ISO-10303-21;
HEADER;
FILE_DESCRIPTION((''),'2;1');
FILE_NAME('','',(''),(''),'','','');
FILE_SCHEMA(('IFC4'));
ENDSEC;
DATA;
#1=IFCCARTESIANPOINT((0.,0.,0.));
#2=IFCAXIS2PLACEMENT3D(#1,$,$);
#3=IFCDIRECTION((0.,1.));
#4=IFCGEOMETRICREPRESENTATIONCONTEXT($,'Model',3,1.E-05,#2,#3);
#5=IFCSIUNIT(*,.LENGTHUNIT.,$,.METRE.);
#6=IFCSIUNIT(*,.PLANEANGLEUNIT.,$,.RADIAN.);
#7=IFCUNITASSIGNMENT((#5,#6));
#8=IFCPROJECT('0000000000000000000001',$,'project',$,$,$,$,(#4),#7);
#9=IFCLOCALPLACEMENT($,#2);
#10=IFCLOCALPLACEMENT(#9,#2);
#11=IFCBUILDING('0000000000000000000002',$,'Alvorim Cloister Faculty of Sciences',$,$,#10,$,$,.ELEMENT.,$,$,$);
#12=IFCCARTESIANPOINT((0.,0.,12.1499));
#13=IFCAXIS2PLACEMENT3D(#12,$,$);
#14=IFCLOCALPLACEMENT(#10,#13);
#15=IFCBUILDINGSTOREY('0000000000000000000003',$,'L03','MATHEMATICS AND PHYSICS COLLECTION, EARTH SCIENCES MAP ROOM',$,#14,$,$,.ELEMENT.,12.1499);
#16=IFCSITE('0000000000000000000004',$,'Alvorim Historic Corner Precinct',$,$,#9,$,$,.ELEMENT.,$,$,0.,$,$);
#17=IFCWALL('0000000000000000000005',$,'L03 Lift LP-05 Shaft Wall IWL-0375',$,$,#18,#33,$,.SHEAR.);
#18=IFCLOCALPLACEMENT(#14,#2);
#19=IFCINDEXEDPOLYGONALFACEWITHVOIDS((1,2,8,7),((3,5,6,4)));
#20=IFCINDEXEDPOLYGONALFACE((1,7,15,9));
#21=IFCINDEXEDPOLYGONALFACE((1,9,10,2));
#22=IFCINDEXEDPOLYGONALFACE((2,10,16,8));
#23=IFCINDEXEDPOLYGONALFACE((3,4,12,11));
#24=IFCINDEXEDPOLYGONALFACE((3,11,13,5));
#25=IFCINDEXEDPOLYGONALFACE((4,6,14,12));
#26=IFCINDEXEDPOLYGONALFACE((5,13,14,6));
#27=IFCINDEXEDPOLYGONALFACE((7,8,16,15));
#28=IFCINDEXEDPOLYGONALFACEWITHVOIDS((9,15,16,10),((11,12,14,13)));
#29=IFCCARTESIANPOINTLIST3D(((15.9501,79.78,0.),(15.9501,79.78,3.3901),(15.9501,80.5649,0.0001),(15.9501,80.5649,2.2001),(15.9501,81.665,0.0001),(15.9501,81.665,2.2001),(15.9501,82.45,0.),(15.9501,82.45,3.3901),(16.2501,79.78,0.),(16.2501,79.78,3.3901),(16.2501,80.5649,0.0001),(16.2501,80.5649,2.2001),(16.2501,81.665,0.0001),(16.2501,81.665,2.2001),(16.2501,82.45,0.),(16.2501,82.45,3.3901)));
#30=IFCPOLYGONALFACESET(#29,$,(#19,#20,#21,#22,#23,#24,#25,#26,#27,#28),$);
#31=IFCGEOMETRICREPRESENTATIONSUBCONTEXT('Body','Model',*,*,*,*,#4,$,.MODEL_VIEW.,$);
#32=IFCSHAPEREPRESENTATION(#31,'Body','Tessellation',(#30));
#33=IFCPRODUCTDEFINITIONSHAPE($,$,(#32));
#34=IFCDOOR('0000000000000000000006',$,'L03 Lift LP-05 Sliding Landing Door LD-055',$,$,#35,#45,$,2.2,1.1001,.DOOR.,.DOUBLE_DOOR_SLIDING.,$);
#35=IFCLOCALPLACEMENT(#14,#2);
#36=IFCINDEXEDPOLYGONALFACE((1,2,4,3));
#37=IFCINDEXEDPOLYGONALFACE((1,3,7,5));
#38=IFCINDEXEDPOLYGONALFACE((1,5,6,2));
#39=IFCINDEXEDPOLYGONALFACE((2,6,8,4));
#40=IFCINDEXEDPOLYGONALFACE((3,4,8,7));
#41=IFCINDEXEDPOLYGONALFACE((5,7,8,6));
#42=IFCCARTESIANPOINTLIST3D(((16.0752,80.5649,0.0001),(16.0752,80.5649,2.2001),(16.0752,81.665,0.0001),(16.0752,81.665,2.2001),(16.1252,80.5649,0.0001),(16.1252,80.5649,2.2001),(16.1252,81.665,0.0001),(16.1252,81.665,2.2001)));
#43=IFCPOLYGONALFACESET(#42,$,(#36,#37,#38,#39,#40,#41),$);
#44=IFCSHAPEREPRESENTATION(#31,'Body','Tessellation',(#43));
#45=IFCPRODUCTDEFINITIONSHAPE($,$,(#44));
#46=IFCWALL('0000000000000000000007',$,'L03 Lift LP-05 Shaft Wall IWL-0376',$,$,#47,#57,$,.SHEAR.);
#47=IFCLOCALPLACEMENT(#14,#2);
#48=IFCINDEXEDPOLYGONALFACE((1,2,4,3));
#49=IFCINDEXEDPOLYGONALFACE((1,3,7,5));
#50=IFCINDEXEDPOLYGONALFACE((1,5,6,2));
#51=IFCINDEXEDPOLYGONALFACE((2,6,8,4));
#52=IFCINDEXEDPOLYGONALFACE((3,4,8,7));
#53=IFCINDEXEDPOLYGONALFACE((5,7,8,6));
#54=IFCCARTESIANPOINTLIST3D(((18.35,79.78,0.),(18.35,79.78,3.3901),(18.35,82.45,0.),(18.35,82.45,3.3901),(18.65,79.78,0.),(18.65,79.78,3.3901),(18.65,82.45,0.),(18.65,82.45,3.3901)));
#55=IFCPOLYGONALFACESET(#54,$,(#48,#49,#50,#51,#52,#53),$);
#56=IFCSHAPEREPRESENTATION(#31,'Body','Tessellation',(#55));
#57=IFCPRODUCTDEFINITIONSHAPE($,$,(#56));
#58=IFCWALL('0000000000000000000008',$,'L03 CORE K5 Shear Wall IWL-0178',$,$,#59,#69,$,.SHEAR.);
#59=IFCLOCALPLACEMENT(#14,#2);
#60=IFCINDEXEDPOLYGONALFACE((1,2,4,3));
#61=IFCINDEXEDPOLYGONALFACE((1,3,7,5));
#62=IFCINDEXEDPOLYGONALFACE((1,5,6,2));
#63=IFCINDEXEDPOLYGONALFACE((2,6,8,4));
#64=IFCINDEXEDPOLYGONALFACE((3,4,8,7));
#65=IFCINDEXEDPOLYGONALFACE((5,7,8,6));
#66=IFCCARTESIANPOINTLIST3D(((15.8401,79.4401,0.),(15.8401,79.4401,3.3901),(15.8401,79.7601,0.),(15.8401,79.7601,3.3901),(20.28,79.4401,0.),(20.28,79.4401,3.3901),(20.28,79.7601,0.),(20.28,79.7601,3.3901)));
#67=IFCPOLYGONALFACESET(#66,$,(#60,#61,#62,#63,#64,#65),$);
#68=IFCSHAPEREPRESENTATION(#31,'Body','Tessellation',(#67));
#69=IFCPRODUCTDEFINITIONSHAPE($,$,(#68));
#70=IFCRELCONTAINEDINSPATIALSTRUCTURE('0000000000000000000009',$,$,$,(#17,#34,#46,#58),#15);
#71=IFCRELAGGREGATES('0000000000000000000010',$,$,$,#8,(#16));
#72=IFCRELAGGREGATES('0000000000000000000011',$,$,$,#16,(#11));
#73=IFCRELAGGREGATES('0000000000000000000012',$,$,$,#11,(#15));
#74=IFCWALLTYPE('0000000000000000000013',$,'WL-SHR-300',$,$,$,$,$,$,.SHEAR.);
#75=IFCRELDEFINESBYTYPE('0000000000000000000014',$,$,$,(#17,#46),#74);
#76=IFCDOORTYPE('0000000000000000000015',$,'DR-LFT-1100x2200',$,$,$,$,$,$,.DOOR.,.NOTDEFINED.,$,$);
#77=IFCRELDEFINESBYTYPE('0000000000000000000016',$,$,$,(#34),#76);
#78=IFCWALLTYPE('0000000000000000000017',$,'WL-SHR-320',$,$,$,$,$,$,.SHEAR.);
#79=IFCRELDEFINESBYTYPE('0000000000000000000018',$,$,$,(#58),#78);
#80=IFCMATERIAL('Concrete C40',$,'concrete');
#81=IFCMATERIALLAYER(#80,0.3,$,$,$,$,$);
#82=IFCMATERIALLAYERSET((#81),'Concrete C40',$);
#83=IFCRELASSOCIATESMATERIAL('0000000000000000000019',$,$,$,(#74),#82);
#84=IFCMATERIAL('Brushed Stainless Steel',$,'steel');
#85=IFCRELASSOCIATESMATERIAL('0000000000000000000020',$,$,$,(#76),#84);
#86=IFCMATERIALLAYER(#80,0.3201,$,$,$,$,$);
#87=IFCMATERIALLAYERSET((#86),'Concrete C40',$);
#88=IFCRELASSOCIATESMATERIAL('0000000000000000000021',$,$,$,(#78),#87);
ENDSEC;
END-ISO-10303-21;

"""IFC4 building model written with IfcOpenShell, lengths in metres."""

from ifc_helpers import new_model, si_unit, direction, frame, frame_2d, origin, place, context, subcontext, project, spatial, rectangle, extrude, material, layer, layer_set, type_object, element, fill, save


model = new_model("IFC4")

# Units and contexts
model_context = context("Model", 3, precision=1e-05, world=origin(), true_north=direction((0.0, 1.0)))
body_context = subcontext(model_context, "Body", "Model", "MODEL_VIEW")
ifc_project = project(units=[si_unit("LENGTHUNIT", "METRE"), si_unit("PLANEANGLEUNIT", "RADIAN")], contexts=[model_context])

# Site, building, storey
site_placement = place(None, origin())
site = spatial("IfcSite", under=ifc_project, at=site_placement, Name="Alvorim Historic Corner Precinct", CompositionType="ELEMENT", RefElevation=0.0)
building_placement = place(site_placement, origin())
building = spatial("IfcBuilding", under=site, at=building_placement, Name="Alvorim Cloister Faculty of Sciences", CompositionType="ELEMENT")
storey_placement = place(building_placement, frame((0.0, 0.0, 12.1499)))
storey = spatial("IfcBuildingStorey", under=building, at=storey_placement, Name="L03", Description="MATHEMATICS AND PHYSICS COLLECTION, EARTH SCIENCES MAP ROOM", CompositionType="ELEMENT", Elevation=12.1499)

# Shared definitions
ifc_material_1 = material(Name="Concrete C40", Category="concrete")
ifc_layer_1 = layer(ifc_material_1, 0.3)
ifc_layer_set_1 = layer_set([ifc_layer_1], Name="Concrete C40")
wall_type_1 = type_object("IfcWallType", Name="WL-SHR-300", PredefinedType="SHEAR", material=ifc_layer_set_1)

# Wall, opening, door
wall_1_placement = place(storey_placement, frame((16.1001, 79.78, 0.0), z_axis=(0.0, 0.0, 1.0), x_axis=(0.0, 1.0, 0.0)))
wall_1 = element("IfcWall", 1, at=wall_1_placement, inside=storey, type_object=wall_type_1, Name="L03 Lift LP-05 Shaft Wall IWL-0375", PredefinedType="SHEAR", context=body_context, shape_type="SweptSolid", body=[
    extrude(rectangle(XDim=2.6699, YDim=0.3, at=frame_2d((1.335, 0.0))), origin(), (0.0, 0.0, 1.0), 3.3901),
])
opening_1_placement = place(wall_1_placement, frame((0.7849, 0.0, 0.0)))
opening_1 = element("IfcOpeningElement", 2, at=opening_1_placement, cuts=wall_1, PredefinedType="OPENING", context=body_context, shape_type="SweptSolid", body=[
    extrude(rectangle(XDim=1.1001, YDim=2.2, at=frame_2d((0.55, 1.1001))), frame((0.0, 0.1621, 0.0), z_axis=(0.0, -1.0, 0.0), x_axis=(1.0, 0.0, 0.0)), (0.0, 0.0, 1.0), 0.324),
])
ifc_material_2 = material(Name="Brushed Stainless Steel", Category="steel")
door_type_1 = type_object("IfcDoorType", Name="DR-LFT-1100x2200", OperationType="NOTDEFINED", PredefinedType="DOOR", material=ifc_material_2)
door_1_placement = place(opening_1_placement, origin())
door_1 = element("IfcDoor", 3, at=door_1_placement, inside=storey, type_object=door_type_1, Name="L03 Lift LP-05 Sliding Landing Door LD-055", OperationType="DOUBLE_DOOR_SLIDING", OverallHeight=2.2, OverallWidth=1.1001, PredefinedType="DOOR", context=body_context, shape_type="SweptSolid", body=[
    extrude(rectangle(XDim=1.1001, YDim=2.2, at=frame_2d((0.55, 1.1001))), frame((0.0, 0.0249, 0.0), z_axis=(0.0, -1.0, 0.0), x_axis=(1.0, 0.0, 0.0)), (0.0, 0.0, 1.0), 0.05),
])
fill(opening_1, door_1)

# Walls
wall_2_placement = place(storey_placement, frame((18.5, 79.78, 0.0), z_axis=(0.0, 0.0, 1.0), x_axis=(0.0, 1.0, 0.0)))
element("IfcWall", 4, at=wall_2_placement, inside=storey, type_object=wall_type_1, Name="L03 Lift LP-05 Shaft Wall IWL-0376", PredefinedType="SHEAR", context=body_context, shape_type="SweptSolid", body=[
    extrude(rectangle(XDim=2.6699, YDim=0.3, at=frame_2d((1.335, 0.0))), origin(), (0.0, 0.0, 1.0), 3.3901),
])
ifc_layer_2 = layer(ifc_material_1, 0.3201)
ifc_layer_set_2 = layer_set([ifc_layer_2], Name="Concrete C40")
wall_type_2 = type_object("IfcWallType", Name="WL-SHR-320", PredefinedType="SHEAR", material=ifc_layer_set_2)
wall_3_placement = place(storey_placement, frame((15.8401, 79.6001, 0.0), z_axis=(0.0, 0.0, 1.0), x_axis=(1.0, 0.0, 0.0)))
element("IfcWall", 5, at=wall_3_placement, inside=storey, type_object=wall_type_2, Name="L03 CORE K5 Shear Wall IWL-0178", PredefinedType="SHEAR", context=body_context, shape_type="SweptSolid", body=[
    extrude(rectangle(XDim=4.4399, YDim=0.3201, at=frame_2d((2.22, 0.0))), origin(), (0.0, 0.0, 1.0), 3.3901),
])

save(model, "model.ifc")
